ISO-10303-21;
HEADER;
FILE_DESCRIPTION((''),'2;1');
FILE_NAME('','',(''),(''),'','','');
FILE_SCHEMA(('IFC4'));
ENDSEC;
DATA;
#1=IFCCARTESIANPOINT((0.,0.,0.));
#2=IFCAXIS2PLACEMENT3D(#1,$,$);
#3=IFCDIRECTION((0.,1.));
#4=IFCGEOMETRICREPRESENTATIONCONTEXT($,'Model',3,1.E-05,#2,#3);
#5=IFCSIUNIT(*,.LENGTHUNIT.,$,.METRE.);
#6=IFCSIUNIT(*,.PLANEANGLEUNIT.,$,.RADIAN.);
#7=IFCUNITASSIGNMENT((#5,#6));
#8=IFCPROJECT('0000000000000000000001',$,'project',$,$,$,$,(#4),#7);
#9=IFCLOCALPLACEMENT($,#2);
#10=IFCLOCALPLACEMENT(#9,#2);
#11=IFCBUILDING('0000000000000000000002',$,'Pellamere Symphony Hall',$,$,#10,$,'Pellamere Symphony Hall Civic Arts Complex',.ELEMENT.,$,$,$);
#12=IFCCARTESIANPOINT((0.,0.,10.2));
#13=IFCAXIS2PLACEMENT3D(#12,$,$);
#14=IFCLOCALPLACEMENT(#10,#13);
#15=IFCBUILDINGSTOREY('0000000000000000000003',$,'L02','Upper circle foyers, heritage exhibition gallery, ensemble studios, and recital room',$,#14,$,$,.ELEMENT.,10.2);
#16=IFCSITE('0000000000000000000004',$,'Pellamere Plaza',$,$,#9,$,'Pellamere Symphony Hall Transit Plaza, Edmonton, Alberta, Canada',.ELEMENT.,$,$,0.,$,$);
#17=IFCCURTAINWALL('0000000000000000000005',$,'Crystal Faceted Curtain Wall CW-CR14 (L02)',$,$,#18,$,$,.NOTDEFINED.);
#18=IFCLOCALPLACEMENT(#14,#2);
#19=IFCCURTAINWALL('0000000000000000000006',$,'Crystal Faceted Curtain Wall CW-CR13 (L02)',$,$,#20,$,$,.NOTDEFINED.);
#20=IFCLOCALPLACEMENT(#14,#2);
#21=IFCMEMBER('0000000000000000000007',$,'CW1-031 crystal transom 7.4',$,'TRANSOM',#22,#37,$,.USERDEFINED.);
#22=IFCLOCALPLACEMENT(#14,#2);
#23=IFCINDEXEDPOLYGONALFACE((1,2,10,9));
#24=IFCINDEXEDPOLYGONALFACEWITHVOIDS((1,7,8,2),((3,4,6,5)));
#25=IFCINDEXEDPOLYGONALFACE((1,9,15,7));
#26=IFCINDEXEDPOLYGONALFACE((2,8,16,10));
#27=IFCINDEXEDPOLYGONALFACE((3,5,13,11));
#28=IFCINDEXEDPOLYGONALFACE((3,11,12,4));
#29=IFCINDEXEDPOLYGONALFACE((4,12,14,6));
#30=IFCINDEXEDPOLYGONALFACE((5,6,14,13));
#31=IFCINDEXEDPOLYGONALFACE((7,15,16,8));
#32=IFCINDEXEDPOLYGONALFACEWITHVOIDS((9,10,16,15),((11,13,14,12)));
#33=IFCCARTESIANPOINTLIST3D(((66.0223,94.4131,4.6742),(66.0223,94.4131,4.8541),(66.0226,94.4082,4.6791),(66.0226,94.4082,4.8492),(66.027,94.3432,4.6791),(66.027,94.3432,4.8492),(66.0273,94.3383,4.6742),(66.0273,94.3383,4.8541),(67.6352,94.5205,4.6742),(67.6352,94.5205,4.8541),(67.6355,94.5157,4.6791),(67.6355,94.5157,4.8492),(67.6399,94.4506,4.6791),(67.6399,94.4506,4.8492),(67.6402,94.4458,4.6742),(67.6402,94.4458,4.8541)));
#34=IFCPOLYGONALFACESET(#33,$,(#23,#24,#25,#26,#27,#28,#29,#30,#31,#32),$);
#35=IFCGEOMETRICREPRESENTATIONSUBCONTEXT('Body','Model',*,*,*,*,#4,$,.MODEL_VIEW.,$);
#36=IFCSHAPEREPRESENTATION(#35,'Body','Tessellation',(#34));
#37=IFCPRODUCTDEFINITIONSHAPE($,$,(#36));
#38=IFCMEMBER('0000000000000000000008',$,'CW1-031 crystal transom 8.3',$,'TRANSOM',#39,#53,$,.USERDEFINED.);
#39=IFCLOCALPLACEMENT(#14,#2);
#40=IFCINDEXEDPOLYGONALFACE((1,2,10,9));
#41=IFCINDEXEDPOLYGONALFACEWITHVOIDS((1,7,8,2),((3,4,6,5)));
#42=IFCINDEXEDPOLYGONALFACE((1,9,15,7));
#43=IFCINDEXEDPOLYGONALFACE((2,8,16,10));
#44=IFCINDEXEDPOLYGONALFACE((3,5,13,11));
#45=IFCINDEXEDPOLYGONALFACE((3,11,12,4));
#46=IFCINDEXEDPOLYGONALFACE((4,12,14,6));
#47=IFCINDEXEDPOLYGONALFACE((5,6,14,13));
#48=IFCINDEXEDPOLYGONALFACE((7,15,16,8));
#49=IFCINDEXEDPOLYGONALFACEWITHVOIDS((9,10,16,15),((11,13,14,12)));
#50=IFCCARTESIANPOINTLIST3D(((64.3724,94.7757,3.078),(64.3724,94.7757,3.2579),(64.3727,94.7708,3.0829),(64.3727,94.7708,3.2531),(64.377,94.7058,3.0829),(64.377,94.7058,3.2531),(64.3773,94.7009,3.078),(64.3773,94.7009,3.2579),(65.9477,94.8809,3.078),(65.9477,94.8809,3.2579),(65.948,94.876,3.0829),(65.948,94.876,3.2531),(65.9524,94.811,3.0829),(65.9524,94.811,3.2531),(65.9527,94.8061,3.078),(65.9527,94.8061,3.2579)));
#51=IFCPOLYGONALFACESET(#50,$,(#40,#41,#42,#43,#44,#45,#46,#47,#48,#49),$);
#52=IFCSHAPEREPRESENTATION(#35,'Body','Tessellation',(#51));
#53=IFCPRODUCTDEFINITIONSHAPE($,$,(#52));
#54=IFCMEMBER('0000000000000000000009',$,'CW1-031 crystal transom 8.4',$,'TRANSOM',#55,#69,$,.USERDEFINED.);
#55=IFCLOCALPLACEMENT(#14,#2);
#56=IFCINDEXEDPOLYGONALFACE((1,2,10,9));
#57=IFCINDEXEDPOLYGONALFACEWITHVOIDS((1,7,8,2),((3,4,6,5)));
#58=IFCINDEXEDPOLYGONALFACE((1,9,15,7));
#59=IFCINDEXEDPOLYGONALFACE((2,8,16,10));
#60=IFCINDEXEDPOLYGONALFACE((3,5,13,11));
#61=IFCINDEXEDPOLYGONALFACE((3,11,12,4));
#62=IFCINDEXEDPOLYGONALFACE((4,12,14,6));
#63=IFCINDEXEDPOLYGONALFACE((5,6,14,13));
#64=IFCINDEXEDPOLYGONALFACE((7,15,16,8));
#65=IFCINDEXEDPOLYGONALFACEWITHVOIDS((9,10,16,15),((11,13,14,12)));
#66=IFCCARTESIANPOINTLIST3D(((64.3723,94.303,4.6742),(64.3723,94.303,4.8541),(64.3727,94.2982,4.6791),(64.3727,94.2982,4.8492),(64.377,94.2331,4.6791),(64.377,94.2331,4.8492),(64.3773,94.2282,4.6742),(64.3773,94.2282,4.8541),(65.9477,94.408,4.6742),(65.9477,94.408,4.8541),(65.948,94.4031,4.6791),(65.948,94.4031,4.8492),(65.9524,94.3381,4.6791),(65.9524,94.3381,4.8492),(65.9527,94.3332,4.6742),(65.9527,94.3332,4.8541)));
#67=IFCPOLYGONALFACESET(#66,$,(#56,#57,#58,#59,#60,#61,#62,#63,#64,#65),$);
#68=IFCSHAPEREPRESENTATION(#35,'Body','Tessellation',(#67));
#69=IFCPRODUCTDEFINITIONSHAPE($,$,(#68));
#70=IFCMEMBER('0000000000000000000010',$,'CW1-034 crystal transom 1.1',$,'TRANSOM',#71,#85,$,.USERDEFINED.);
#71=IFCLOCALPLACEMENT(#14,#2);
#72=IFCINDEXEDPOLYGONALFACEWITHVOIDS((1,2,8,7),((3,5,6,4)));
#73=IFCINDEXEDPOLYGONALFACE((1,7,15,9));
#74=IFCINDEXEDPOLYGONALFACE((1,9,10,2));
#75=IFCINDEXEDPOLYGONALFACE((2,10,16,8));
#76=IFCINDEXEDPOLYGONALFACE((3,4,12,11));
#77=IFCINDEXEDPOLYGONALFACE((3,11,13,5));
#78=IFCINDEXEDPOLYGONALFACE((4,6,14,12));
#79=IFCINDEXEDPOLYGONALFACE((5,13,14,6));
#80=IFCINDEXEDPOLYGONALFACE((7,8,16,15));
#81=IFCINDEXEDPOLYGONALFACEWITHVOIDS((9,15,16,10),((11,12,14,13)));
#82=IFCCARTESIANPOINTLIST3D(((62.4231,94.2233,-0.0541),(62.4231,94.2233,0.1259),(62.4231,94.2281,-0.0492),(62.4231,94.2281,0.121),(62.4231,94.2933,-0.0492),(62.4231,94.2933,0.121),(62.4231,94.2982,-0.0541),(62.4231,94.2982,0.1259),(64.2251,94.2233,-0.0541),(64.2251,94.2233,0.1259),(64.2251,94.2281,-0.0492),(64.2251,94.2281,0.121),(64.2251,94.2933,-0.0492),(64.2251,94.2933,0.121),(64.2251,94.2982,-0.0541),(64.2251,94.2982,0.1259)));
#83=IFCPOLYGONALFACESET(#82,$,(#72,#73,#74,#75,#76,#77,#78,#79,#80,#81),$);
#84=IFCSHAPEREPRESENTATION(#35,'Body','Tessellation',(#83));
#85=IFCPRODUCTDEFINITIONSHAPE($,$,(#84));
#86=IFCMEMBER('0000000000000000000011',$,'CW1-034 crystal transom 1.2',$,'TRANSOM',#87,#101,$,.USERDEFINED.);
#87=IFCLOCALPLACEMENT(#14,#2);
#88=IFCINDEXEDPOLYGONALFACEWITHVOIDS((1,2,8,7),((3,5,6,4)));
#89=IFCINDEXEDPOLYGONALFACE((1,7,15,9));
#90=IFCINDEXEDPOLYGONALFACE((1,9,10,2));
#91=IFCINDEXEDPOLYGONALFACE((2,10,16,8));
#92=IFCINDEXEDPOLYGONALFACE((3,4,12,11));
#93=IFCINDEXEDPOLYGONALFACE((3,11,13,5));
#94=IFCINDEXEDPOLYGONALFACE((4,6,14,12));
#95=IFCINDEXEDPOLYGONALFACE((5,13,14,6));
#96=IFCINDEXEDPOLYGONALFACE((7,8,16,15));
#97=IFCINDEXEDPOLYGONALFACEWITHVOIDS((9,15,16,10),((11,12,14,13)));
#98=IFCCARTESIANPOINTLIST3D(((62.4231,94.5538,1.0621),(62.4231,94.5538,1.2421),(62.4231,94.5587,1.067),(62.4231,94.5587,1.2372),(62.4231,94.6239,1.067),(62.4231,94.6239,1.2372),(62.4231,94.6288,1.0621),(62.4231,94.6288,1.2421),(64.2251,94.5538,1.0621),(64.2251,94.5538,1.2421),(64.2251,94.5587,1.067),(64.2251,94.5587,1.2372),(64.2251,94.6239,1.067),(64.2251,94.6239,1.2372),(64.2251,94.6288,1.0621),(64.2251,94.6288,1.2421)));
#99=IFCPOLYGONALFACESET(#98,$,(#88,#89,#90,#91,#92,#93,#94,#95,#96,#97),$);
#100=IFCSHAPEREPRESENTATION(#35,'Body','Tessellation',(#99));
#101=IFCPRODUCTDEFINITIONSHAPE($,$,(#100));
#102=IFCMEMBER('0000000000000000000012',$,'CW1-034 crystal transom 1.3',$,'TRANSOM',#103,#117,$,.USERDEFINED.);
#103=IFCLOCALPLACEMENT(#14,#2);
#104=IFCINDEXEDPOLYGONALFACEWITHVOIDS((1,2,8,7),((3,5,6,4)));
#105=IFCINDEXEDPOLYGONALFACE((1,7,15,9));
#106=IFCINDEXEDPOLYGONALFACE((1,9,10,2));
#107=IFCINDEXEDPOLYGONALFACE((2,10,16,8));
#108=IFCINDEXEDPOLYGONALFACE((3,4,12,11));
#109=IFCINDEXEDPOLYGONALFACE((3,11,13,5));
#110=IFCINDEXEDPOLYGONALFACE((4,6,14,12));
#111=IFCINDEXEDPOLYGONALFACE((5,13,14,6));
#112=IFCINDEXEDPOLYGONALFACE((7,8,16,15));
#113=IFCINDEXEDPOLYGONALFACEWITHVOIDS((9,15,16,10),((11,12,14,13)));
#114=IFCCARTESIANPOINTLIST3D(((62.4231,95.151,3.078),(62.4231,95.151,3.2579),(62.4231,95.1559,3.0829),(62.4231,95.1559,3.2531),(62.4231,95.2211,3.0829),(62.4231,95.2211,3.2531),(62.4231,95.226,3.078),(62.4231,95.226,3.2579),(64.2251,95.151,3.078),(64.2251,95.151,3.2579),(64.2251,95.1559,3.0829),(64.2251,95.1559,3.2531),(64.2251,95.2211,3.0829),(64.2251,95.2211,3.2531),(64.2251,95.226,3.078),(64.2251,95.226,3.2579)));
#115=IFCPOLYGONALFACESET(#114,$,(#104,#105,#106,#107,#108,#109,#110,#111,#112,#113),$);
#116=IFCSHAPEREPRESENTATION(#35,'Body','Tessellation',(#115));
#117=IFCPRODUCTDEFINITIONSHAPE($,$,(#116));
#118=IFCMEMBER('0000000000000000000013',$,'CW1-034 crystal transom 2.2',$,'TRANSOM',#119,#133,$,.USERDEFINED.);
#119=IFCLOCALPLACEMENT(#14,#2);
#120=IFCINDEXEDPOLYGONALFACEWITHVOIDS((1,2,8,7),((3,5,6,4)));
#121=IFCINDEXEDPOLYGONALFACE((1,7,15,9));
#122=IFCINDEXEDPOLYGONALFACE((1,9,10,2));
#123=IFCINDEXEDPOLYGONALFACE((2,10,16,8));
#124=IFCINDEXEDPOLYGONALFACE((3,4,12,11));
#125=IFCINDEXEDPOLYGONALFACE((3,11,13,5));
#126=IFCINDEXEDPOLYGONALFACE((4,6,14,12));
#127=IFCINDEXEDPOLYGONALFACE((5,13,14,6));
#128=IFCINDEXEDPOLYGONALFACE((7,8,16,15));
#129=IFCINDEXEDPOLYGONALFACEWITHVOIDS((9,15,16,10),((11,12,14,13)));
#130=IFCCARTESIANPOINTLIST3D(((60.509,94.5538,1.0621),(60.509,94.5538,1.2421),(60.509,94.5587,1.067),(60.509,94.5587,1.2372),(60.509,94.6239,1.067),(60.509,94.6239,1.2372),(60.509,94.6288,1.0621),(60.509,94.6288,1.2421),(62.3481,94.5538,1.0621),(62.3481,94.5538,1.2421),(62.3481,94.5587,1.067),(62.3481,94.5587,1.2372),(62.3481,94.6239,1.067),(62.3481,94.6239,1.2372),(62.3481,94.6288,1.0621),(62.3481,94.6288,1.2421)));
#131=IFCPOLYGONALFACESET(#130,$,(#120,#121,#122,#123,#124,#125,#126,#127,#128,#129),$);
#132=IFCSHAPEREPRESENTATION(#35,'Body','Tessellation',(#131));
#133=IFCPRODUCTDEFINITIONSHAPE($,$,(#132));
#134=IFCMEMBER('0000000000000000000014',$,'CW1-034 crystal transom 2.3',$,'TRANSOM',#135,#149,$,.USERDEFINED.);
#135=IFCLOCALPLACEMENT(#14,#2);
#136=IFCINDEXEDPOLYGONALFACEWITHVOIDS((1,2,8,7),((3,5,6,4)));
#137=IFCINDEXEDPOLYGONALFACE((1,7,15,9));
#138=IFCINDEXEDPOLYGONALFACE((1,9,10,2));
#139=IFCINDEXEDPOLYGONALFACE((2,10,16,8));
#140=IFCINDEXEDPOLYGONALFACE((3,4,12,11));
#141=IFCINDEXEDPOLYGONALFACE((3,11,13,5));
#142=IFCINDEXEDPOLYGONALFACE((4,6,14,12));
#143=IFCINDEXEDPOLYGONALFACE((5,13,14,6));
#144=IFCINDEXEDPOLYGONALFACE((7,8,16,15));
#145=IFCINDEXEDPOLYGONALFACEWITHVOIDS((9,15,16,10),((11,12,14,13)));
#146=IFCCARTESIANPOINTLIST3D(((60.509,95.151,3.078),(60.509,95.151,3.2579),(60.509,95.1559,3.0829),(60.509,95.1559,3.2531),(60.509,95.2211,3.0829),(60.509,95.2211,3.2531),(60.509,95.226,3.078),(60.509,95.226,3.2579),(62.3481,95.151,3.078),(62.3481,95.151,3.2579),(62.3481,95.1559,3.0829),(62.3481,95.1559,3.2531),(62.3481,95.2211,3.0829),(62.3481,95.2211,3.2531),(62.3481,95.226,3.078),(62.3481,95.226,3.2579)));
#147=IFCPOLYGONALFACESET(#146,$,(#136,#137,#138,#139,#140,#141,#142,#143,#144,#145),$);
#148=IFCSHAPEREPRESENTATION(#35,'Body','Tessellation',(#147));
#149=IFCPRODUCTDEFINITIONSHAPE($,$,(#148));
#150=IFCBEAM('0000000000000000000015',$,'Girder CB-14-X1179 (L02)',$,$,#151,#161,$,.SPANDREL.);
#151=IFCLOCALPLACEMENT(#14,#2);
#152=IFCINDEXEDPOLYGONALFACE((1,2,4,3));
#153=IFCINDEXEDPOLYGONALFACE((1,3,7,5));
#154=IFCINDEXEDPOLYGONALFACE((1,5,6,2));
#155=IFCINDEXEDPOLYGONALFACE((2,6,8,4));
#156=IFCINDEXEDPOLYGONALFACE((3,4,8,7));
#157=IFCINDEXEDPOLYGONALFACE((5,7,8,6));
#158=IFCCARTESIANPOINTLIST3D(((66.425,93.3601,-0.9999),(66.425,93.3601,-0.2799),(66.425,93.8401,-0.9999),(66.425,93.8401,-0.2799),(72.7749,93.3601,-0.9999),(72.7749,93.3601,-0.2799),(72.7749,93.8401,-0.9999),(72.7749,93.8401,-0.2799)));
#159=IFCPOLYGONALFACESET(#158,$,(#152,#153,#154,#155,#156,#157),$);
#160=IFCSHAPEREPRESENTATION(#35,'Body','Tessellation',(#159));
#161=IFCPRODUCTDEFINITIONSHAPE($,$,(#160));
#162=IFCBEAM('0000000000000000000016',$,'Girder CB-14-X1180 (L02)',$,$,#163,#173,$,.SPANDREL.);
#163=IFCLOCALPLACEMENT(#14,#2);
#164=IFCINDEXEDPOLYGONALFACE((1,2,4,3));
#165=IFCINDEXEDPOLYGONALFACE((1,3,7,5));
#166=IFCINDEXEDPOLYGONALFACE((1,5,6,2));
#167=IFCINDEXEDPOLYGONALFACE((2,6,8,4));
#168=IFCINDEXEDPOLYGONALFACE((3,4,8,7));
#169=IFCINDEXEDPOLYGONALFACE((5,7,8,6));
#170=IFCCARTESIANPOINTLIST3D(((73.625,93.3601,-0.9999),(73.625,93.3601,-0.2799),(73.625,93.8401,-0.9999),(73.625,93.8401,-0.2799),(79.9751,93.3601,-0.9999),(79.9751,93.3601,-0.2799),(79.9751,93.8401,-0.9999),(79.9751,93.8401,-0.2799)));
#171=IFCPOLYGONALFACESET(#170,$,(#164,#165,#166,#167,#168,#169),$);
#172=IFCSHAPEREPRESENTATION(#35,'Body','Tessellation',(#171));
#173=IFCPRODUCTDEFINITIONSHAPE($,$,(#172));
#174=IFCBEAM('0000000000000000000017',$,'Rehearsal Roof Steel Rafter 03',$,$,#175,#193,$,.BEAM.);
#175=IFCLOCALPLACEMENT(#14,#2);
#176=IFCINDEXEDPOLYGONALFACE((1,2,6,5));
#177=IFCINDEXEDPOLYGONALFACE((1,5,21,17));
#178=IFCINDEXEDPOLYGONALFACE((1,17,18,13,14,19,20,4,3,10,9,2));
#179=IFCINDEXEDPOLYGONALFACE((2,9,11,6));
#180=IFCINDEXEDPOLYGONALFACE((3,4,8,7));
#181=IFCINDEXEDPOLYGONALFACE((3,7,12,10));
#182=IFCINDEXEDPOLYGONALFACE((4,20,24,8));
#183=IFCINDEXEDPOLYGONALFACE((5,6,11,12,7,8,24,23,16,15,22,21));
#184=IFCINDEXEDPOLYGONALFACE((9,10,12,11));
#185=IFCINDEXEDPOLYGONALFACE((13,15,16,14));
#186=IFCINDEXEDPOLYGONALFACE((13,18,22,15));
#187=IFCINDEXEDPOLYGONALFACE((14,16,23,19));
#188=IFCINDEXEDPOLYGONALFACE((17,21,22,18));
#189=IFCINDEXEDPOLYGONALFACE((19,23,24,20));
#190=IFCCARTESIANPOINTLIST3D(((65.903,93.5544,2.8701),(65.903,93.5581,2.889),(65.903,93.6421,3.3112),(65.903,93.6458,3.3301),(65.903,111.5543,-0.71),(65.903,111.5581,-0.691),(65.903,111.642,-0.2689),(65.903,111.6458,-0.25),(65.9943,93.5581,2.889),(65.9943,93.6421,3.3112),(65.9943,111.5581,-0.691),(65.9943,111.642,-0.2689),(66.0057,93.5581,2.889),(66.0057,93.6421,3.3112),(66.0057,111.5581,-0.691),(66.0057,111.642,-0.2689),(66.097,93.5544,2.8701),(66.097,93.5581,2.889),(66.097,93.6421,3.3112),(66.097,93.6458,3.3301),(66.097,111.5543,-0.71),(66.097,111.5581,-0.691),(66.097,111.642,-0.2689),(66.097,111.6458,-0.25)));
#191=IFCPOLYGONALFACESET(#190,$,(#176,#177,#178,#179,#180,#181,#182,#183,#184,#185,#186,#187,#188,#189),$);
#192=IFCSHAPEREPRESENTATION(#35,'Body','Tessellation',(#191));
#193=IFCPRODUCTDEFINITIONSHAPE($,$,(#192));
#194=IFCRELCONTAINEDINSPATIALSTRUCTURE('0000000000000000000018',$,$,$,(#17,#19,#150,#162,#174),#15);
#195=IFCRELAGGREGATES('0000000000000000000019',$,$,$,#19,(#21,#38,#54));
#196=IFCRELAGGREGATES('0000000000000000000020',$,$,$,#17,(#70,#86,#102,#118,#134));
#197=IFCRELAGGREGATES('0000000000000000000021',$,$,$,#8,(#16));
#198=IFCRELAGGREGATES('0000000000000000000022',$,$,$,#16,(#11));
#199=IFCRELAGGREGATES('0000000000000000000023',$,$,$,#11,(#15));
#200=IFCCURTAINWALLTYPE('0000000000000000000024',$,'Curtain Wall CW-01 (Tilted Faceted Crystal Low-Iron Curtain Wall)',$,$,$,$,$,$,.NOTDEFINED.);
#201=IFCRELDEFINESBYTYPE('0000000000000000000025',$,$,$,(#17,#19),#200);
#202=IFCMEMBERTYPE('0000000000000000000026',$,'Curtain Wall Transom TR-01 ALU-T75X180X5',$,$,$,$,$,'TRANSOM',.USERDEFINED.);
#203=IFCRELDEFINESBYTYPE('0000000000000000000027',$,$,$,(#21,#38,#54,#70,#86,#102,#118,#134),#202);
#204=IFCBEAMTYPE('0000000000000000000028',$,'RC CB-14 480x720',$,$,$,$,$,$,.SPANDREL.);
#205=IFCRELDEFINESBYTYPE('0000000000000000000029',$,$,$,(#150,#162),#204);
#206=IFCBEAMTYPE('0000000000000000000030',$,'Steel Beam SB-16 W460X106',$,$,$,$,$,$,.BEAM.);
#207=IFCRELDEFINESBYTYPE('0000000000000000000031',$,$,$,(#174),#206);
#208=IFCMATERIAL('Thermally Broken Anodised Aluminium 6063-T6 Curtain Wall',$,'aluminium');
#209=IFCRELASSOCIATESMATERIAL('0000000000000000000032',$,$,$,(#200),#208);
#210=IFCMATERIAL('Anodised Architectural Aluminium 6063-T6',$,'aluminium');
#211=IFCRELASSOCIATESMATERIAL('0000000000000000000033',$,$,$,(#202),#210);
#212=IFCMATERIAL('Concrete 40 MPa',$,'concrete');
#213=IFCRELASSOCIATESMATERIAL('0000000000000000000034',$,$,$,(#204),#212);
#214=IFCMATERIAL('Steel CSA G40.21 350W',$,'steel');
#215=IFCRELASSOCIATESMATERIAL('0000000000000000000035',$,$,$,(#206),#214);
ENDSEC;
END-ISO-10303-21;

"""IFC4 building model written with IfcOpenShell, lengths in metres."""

from ifc_helpers import new_model, si_unit, direction, frame, origin, origin_2d, place, context, subcontext, project, spatial, rectangle, hollow_rectangle, i_section, extrude, material, material_profile, profile_set, type_object, element, aggregate, save


model = new_model("IFC4")

# Units and contexts
model_context = context("Model", 3, precision=1e-05, world=origin(), true_north=direction((0.0, 1.0)))
body_context = subcontext(model_context, "Body", "Model", "MODEL_VIEW")
ifc_project = project(units=[si_unit("LENGTHUNIT", "METRE"), si_unit("PLANEANGLEUNIT", "RADIAN")], contexts=[model_context])

# Site, building, storey
site_placement = place(None, origin())
site = spatial("IfcSite", under=ifc_project, at=site_placement, Name="Pellamere Plaza", LongName="Pellamere Symphony Hall Transit Plaza, Edmonton, Alberta, Canada", CompositionType="ELEMENT", RefElevation=0.0)
building_placement = place(site_placement, origin())
building = spatial("IfcBuilding", under=site, at=building_placement, Name="Pellamere Symphony Hall", LongName="Pellamere Symphony Hall Civic Arts Complex", CompositionType="ELEMENT")
storey_placement = place(building_placement, frame((0.0, 0.0, 10.2)))
storey = spatial("IfcBuildingStorey", under=building, at=storey_placement, Name="L02", Description="Upper circle foyers, heritage exhibition gallery, ensemble studios, and recital room", CompositionType="ELEMENT", Elevation=10.2)

# Shared definitions
ifc_material_1 = material(Name="Concrete 40 MPa", Category="concrete")

# Curtain walls, members
ifc_material_2 = material(Name="Thermally Broken Anodised Aluminium 6063-T6 Curtain Wall", Category="aluminium")
curtain_wall_type = type_object("IfcCurtainWallType", Name="Curtain Wall CW-01 (Tilted Faceted Crystal Low-Iron Curtain Wall)", PredefinedType="NOTDEFINED", material=ifc_material_2)
curtain_wall_1_placement = place(storey_placement, origin())
curtain_wall_1 = element("IfcCurtainWall", 1, at=curtain_wall_1_placement, inside=storey, type_object=curtain_wall_type, Name="Crystal Faceted Curtain Wall CW-CR14 (L02)", PredefinedType="NOTDEFINED")
ifc_material_3 = material(Name="Anodised Architectural Aluminium 6063-T6", Category="aluminium")
curtain_wall_2_placement = place(storey_placement, origin())
curtain_wall_2 = element("IfcCurtainWall", 2, at=curtain_wall_2_placement, inside=storey, type_object=curtain_wall_type, Name="Crystal Faceted Curtain Wall CW-CR13 (L02)", PredefinedType="NOTDEFINED")
ifc_material_profile_1 = material_profile(ifc_material_3, hollow_rectangle(XDim=0.075, YDim=0.1799, WallThickness=0.0049, at=origin_2d()), Name="ALU-T75X180X5")
ifc_profile_set_1 = profile_set([ifc_material_profile_1], Name="Anodised Architectural Aluminium 6063-T6")
member_type_1 = type_object("IfcMemberType", Name="Curtain Wall Transom TR-01 ALU-T75X180X5", ElementType="TRANSOM", PredefinedType="USERDEFINED", material=ifc_profile_set_1)
member_1_placement = place(storey_placement, frame((67.6377, 94.4832, 4.7642), z_axis=(-0.997789, -0.066459, 0.0), x_axis=(0.066459, -0.997789, 0.0)))
member_1 = element("IfcMember", 3, at=member_1_placement, type_object=member_type_1, Name="CW1-031 crystal transom 7.4", ObjectType="TRANSOM", PredefinedType="USERDEFINED", context=body_context, shape_type="SweptSolid", body=[
    extrude(hollow_rectangle(XDim=0.075, YDim=0.1799, WallThickness=0.0049, at=origin_2d()), origin(), (0.0, 0.0, 1.0), 1.6165),
])
member_2_placement = place(storey_placement, frame((65.9502, 94.8435, 3.168), z_axis=(-0.997777, -0.066642, 0.0), x_axis=(0.066642, -0.997777, 0.0)))
member_2 = element("IfcMember", 4, at=member_2_placement, type_object=member_type_1, Name="CW1-031 crystal transom 8.3", ObjectType="TRANSOM", PredefinedType="USERDEFINED", context=body_context, shape_type="SweptSolid", body=[
    extrude(hollow_rectangle(XDim=0.075, YDim=0.1799, WallThickness=0.0049, at=origin_2d()), origin(), (0.0, 0.0, 1.0), 1.5789),
])
member_3_placement = place(storey_placement, frame((65.9502, 94.3706, 4.7642), z_axis=(-0.997787, -0.066488, 0.0), x_axis=(0.066488, -0.997787, 0.0)))
member_3 = element("IfcMember", 5, at=member_3_placement, type_object=member_type_1, Name="CW1-031 crystal transom 8.4", ObjectType="TRANSOM", PredefinedType="USERDEFINED", context=body_context, shape_type="SweptSolid", body=[
    extrude(hollow_rectangle(XDim=0.075, YDim=0.1799, WallThickness=0.0049, at=origin_2d()), origin(), (0.0, 0.0, 1.0), 1.5789),
])

# Members
member_4_placement = place(storey_placement, frame((64.2251, 94.2607, 0.0359), z_axis=(-1.0, 0.0, 0.0), x_axis=(0.0, -1.0, 0.0)))
member_4 = element("IfcMember", 6, at=member_4_placement, type_object=member_type_1, Name="CW1-034 crystal transom 1.1", ObjectType="TRANSOM", PredefinedType="USERDEFINED", context=body_context, shape_type="SweptSolid", body=[
    extrude(hollow_rectangle(XDim=0.075, YDim=0.1799, WallThickness=0.0049, at=origin_2d()), origin(), (0.0, 0.0, 1.0), 1.802),
])
member_5_placement = place(storey_placement, frame((64.2251, 94.5913, 1.1521), z_axis=(-1.0, 0.0, 0.0), x_axis=(0.0, -1.0, 0.0)))
member_5 = element("IfcMember", 7, at=member_5_placement, type_object=member_type_1, Name="CW1-034 crystal transom 1.2", ObjectType="TRANSOM", PredefinedType="USERDEFINED", context=body_context, shape_type="SweptSolid", body=[
    extrude(hollow_rectangle(XDim=0.075, YDim=0.1799, WallThickness=0.0049, at=origin_2d()), origin(), (0.0, 0.0, 1.0), 1.802),
])
member_6_placement = place(storey_placement, frame((64.2251, 95.1885, 3.168), z_axis=(-1.0, 0.0, 0.0), x_axis=(0.0, -1.0, 0.0)))
member_6 = element("IfcMember", 8, at=member_6_placement, type_object=member_type_1, Name="CW1-034 crystal transom 1.3", ObjectType="TRANSOM", PredefinedType="USERDEFINED", context=body_context, shape_type="SweptSolid", body=[
    extrude(hollow_rectangle(XDim=0.075, YDim=0.1799, WallThickness=0.0049, at=origin_2d()), origin(), (0.0, 0.0, 1.0), 1.802),
])
member_7_placement = place(storey_placement, frame((62.3481, 94.5913, 1.1521), z_axis=(-1.0, 0.0, 0.0), x_axis=(0.0, -1.0, 0.0)))
member_7 = element("IfcMember", 9, at=member_7_placement, type_object=member_type_1, Name="CW1-034 crystal transom 2.2", ObjectType="TRANSOM", PredefinedType="USERDEFINED", context=body_context, shape_type="SweptSolid", body=[
    extrude(hollow_rectangle(XDim=0.075, YDim=0.1799, WallThickness=0.0049, at=origin_2d()), origin(), (0.0, 0.0, 1.0), 1.8391),
])
member_8_placement = place(storey_placement, frame((62.3481, 95.1885, 3.168), z_axis=(-1.0, 0.0, 0.0), x_axis=(0.0, -1.0, 0.0)))
member_8 = element("IfcMember", 10, at=member_8_placement, type_object=member_type_1, Name="CW1-034 crystal transom 2.3", ObjectType="TRANSOM", PredefinedType="USERDEFINED", context=body_context, shape_type="SweptSolid", body=[
    extrude(hollow_rectangle(XDim=0.075, YDim=0.1799, WallThickness=0.0049, at=origin_2d()), origin(), (0.0, 0.0, 1.0), 1.8391),
])

# Beams
ifc_material_profile_2 = material_profile(ifc_material_1, rectangle(XDim=0.48, YDim=0.72, at=origin_2d()), Name="RC 480x720")
ifc_profile_set_2 = profile_set([ifc_material_profile_2], Name="Concrete 40 MPa")
beam_type_1 = type_object("IfcBeamType", Name="RC CB-14 480x720", PredefinedType="SPANDREL", material=ifc_profile_set_2)
beam_1_placement = place(storey_placement, frame((66.425, 93.6001, -0.6399), z_axis=(1.0, 0.0, 0.0), x_axis=(0.0, 1.0, 0.0)))
element("IfcBeam", 11, at=beam_1_placement, inside=storey, type_object=beam_type_1, Name="Girder CB-14-X1179 (L02)", PredefinedType="SPANDREL", context=body_context, shape_type="SweptSolid", body=[
    extrude(rectangle(XDim=0.48, YDim=0.72, at=origin_2d()), origin(), (0.0, 0.0, 1.0), 6.3499),
])
beam_2_placement = place(storey_placement, frame((73.625, 93.6001, -0.6399), z_axis=(1.0, 0.0, 0.0), x_axis=(0.0, 1.0, 0.0)))
element("IfcBeam", 12, at=beam_2_placement, inside=storey, type_object=beam_type_1, Name="Girder CB-14-X1180 (L02)", PredefinedType="SPANDREL", context=body_context, shape_type="SweptSolid", body=[
    extrude(rectangle(XDim=0.48, YDim=0.72, at=origin_2d()), origin(), (0.0, 0.0, 1.0), 6.3501),
])
ifc_material_4 = material(Name="Steel CSA G40.21 350W", Category="steel")
ifc_material_profile_3 = material_profile(ifc_material_4, i_section(OverallWidth=0.1941, OverallDepth=0.469, WebThickness=0.0115, FlangeThickness=0.0193, at=origin_2d()), Name="W460X106")
ifc_profile_set_3 = profile_set([ifc_material_profile_3], Name="Steel CSA G40.21 350W")
beam_type_2 = type_object("IfcBeamType", Name="Steel Beam SB-16 W460X106", PredefinedType="BEAM", material=ifc_profile_set_3)
for number, where, z_axis, x_axis, name in (
    (13, (66.0, 93.6001, 3.1001), (0.0, 0.980789, -0.195072), (-1.0, 0.0, 0.0), "Rehearsal Roof Steel Rafter 03"),
):
    element("IfcBeam", number, at=place(storey_placement, frame(where, z_axis=z_axis, x_axis=x_axis)), inside=storey, type_object=beam_type_2, Name=name, PredefinedType="BEAM", context=body_context, shape_type="SweptSolid", body=[
        extrude(i_section(OverallWidth=0.1941, OverallDepth=0.469, WebThickness=0.0115, FlangeThickness=0.0193, at=origin_2d()), origin(), (0.0, 0.0, 1.0), 18.3525),
    ])

aggregate(curtain_wall_2, [member_1, member_2, member_3])
aggregate(curtain_wall_1, [member_4, member_5, member_6, member_7, member_8])

save(model, "model.ifc")
